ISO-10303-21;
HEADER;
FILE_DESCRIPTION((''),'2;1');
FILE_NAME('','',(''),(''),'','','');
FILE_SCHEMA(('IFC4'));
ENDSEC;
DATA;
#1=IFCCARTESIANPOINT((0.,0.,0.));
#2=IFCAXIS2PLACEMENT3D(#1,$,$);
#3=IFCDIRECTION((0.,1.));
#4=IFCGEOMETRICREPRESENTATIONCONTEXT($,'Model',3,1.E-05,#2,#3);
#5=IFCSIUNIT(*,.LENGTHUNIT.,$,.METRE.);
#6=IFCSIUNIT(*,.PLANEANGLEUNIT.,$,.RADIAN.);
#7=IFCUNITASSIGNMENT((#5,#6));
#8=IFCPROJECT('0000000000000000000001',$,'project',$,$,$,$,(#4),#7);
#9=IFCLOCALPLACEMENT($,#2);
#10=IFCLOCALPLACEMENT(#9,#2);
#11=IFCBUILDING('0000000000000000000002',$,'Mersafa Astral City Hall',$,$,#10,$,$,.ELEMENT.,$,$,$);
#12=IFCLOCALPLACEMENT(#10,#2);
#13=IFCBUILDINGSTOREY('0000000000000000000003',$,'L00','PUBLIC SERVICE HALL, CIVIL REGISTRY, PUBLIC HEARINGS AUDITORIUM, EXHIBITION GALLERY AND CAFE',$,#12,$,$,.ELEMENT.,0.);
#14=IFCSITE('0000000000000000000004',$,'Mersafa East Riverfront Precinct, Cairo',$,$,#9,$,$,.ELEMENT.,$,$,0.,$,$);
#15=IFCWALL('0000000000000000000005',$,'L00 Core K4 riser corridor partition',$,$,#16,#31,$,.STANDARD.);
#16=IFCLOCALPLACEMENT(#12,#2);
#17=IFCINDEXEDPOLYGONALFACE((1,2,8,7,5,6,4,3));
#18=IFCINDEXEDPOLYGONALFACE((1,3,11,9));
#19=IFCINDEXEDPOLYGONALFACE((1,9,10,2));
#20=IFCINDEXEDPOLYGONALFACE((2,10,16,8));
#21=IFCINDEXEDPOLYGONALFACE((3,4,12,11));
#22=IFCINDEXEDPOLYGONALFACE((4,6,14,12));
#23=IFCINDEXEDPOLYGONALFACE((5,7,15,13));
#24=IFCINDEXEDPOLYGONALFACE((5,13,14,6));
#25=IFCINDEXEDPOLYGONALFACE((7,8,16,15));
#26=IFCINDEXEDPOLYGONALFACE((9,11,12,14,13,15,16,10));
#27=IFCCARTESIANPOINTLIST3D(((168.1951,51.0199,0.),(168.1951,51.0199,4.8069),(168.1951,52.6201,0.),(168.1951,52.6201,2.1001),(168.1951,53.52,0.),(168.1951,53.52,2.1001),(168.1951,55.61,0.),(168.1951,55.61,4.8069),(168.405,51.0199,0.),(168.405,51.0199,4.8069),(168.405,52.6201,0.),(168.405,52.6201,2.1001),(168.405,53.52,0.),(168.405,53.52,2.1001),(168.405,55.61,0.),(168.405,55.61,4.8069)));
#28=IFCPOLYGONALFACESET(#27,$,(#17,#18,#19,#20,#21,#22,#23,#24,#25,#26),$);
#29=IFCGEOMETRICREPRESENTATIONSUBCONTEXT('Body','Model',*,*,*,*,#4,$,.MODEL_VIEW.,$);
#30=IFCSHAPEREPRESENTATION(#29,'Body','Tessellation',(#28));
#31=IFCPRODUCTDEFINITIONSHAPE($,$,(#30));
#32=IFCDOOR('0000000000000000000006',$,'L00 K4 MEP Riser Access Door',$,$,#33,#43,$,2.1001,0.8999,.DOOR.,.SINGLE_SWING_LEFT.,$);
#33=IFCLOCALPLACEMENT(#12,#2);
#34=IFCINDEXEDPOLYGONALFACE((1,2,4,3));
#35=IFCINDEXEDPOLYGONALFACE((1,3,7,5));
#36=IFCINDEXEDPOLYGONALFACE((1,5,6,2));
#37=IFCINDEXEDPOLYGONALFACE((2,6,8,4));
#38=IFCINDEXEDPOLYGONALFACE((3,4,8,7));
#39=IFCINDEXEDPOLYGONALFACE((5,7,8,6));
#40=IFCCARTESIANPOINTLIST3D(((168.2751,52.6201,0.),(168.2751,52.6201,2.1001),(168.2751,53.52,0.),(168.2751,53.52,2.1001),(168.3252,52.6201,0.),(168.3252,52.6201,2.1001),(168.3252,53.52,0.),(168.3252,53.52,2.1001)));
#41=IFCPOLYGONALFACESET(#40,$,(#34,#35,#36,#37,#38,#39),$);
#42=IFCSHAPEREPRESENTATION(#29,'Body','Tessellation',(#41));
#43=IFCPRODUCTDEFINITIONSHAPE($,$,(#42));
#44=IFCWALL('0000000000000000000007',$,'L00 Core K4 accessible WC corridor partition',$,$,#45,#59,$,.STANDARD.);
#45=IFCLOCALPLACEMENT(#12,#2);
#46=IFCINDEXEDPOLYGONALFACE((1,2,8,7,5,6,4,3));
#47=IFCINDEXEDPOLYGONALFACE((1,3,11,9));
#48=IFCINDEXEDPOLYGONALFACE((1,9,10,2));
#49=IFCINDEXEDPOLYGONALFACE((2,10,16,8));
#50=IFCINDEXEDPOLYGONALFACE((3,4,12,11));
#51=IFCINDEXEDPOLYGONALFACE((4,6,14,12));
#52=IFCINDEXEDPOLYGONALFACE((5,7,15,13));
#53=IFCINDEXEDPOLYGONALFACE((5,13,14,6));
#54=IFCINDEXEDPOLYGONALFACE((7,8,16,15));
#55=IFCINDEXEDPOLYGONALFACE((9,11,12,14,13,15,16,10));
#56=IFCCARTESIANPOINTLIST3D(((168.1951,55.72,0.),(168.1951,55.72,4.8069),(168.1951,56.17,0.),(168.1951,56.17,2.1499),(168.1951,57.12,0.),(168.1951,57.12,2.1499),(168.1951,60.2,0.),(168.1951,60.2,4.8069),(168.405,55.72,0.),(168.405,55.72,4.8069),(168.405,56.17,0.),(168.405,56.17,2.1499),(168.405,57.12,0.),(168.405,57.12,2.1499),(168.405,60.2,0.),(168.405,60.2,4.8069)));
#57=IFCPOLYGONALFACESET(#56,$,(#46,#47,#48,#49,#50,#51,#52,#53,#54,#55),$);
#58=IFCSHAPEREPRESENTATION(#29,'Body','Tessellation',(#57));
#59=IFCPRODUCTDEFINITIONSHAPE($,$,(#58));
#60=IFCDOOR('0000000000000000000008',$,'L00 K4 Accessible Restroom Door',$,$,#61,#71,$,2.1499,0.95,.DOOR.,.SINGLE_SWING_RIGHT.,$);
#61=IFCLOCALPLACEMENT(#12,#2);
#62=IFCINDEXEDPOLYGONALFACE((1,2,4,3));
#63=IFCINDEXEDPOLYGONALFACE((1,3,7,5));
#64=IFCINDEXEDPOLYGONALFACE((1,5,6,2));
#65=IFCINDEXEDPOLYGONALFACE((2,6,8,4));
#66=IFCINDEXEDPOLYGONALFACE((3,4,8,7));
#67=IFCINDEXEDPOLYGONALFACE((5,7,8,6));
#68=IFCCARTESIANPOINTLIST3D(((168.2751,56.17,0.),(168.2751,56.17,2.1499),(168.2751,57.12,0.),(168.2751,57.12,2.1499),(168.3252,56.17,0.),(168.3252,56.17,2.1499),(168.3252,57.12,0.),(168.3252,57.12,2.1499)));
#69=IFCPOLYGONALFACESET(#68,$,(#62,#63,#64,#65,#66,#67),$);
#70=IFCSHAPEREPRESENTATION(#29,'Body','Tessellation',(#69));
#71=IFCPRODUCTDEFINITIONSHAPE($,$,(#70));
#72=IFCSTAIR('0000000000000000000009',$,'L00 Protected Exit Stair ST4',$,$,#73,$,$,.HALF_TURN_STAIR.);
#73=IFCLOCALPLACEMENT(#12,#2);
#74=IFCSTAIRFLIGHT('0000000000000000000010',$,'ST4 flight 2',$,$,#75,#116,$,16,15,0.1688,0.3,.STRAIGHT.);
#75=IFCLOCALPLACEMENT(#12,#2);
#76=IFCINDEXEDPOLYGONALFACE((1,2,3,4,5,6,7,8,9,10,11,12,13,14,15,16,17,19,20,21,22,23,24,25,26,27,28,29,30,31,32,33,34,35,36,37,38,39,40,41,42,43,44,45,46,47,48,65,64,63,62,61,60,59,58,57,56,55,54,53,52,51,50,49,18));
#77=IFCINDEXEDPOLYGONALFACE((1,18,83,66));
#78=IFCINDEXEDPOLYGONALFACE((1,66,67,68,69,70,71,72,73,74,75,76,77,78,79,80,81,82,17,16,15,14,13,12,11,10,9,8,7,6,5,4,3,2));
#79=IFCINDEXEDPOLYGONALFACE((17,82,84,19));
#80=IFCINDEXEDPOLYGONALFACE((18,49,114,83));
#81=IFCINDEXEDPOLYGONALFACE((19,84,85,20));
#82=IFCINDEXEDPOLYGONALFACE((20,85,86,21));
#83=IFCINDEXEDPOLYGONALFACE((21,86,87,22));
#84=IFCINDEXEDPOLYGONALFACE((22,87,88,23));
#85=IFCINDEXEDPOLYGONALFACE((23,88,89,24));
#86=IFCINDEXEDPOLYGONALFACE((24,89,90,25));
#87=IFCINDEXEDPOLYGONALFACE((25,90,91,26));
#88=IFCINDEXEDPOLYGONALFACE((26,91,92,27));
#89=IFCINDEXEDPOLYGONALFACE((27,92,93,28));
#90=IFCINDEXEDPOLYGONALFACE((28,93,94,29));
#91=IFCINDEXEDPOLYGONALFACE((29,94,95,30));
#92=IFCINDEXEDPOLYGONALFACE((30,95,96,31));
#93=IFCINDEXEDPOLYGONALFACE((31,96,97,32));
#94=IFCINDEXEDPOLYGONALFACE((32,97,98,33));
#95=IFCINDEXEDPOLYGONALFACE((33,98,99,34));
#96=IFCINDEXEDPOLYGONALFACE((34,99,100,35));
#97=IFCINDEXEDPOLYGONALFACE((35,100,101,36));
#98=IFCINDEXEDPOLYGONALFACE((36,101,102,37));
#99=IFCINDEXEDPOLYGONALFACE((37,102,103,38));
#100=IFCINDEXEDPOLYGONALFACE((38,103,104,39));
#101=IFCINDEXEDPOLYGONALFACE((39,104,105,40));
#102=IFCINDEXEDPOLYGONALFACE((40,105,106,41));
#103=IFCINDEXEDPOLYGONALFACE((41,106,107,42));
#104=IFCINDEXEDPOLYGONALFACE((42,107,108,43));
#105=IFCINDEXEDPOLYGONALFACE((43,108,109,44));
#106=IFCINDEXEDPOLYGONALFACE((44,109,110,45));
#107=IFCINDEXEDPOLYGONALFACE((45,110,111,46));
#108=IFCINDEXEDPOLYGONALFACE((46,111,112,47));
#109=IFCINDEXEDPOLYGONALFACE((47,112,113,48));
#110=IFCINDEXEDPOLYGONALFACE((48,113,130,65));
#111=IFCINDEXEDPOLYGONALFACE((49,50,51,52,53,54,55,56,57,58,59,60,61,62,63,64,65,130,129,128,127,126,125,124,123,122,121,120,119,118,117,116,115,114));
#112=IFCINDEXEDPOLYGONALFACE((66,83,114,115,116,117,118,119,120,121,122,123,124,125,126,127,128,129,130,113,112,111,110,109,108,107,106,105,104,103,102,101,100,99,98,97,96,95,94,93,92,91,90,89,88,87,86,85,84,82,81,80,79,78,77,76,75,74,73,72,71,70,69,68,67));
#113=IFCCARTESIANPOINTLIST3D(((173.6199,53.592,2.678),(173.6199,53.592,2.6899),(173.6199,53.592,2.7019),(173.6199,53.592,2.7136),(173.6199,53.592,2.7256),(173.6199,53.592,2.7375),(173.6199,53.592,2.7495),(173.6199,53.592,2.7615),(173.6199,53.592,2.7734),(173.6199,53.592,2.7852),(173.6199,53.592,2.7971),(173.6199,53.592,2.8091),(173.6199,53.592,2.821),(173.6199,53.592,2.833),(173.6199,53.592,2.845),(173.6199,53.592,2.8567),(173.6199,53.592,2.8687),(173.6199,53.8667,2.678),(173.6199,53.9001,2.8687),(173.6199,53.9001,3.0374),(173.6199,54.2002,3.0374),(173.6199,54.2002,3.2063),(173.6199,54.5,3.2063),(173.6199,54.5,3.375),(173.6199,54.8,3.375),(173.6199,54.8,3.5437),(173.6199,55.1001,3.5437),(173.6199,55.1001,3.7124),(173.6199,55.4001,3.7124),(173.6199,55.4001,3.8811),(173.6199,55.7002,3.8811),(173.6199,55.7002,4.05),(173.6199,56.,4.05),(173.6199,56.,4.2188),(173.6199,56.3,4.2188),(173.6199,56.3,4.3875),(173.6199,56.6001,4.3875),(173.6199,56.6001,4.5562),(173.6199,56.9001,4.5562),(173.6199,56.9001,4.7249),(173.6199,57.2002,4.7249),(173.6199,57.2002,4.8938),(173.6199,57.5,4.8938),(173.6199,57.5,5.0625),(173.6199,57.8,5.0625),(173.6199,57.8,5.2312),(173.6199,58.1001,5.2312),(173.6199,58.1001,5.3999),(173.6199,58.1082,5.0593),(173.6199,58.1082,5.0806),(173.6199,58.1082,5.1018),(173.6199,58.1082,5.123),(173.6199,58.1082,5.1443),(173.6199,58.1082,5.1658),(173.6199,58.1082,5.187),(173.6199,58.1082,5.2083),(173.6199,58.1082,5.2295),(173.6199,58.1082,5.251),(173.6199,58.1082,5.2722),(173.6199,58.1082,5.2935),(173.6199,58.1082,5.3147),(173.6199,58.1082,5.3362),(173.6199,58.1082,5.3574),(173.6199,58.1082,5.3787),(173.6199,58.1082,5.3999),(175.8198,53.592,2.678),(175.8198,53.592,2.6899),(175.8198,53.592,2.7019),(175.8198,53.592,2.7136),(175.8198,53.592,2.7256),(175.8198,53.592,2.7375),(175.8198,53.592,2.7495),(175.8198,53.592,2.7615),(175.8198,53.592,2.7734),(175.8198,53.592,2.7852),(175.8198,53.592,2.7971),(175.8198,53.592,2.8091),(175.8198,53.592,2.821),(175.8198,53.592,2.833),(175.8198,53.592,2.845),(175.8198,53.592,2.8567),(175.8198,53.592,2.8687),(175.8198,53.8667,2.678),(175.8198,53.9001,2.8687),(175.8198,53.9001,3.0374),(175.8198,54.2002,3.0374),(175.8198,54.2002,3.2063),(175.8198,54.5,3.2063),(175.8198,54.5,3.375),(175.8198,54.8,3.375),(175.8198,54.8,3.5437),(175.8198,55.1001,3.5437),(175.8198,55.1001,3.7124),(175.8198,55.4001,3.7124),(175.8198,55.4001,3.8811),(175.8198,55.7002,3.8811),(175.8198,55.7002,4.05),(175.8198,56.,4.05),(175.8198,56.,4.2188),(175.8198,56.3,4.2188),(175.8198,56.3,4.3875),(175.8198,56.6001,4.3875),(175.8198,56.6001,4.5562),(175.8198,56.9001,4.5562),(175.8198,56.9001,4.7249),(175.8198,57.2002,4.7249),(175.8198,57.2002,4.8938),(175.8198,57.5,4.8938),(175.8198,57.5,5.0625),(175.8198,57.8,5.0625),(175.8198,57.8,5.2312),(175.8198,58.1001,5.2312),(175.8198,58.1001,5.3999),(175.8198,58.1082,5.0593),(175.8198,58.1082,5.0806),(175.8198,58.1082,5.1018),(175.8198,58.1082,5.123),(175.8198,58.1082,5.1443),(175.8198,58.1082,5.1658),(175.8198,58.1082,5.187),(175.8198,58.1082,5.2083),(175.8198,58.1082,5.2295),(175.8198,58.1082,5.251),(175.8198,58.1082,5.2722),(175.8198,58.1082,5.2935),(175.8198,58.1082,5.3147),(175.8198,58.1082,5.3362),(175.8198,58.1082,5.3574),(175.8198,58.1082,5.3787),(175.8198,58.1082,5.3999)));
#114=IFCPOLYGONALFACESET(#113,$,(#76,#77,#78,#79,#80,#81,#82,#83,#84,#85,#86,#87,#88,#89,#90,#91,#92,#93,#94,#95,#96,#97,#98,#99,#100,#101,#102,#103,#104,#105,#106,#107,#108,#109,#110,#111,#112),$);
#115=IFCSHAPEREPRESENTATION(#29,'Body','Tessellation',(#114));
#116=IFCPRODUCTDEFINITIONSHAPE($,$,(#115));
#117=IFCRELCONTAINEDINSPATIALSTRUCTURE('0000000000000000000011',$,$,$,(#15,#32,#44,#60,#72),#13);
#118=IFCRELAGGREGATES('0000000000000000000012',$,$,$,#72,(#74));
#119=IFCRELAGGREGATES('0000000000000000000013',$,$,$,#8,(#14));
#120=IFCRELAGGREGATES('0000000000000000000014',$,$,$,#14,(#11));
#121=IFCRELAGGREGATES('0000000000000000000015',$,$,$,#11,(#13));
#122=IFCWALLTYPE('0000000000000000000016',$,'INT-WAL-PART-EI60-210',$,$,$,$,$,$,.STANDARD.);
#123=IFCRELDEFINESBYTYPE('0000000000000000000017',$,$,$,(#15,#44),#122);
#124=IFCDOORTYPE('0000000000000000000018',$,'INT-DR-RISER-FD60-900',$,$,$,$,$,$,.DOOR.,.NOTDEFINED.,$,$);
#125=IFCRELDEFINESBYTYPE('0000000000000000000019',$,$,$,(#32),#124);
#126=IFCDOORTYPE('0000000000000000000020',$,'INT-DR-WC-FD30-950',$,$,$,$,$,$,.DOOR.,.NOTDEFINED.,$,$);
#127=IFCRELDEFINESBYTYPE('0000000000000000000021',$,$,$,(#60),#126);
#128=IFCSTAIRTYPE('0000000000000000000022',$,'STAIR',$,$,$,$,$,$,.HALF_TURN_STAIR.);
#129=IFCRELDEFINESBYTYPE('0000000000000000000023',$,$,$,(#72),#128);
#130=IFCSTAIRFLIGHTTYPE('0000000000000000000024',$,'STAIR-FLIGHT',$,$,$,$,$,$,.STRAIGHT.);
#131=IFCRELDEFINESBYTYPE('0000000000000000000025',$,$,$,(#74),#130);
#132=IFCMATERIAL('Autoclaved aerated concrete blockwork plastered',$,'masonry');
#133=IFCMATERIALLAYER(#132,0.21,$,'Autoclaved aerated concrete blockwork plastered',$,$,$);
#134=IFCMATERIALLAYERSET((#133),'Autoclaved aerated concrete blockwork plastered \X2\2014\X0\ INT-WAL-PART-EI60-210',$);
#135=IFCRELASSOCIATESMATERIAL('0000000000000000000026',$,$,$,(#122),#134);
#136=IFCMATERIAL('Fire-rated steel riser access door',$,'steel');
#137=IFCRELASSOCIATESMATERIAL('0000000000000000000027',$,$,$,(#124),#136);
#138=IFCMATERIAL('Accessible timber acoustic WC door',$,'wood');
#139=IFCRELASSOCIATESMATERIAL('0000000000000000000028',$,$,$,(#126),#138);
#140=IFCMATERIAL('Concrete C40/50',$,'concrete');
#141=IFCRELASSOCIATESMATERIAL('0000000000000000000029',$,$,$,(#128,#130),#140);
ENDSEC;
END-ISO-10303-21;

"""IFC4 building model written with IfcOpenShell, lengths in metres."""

from ifc_helpers import new_model, si_unit, direction, frame, frame_2d, origin, place, context, subcontext, project, spatial, polyline, rectangle, outline, extrude, material, layer, layer_set, type_object, element, fill, aggregate, save


model = new_model("IFC4")

# Units and contexts
model_context = context("Model", 3, precision=1e-05, world=origin(), true_north=direction((0.0, 1.0)))
body_context = subcontext(model_context, "Body", "Model", "MODEL_VIEW")
ifc_project = project(units=[si_unit("LENGTHUNIT", "METRE"), si_unit("PLANEANGLEUNIT", "RADIAN")], contexts=[model_context])

# Site, building, storey
site_placement = place(None, origin())
site = spatial("IfcSite", under=ifc_project, at=site_placement, Name="Mersafa East Riverfront Precinct, Cairo", CompositionType="ELEMENT", RefElevation=0.0)
building_placement = place(site_placement, origin())
building = spatial("IfcBuilding", under=site, at=building_placement, Name="Mersafa Astral City Hall", CompositionType="ELEMENT")
storey_placement = place(building_placement, origin())
storey = spatial("IfcBuildingStorey", under=building, at=storey_placement, Name="L00", Description="PUBLIC SERVICE HALL, CIVIL REGISTRY, PUBLIC HEARINGS AUDITORIUM, EXHIBITION GALLERY AND CAFE", CompositionType="ELEMENT", Elevation=0.0)

# Shared definitions
ifc_material_1 = material(Name="Concrete C40/50", Category="concrete")

# Walls, openings, doors
ifc_material_2 = material(Name="Autoclaved aerated concrete blockwork plastered", Category="masonry")
ifc_layer_1 = layer(ifc_material_2, 0.21, Name="Autoclaved aerated concrete blockwork plastered")
ifc_layer_set_1 = layer_set([ifc_layer_1], Name="Autoclaved aerated concrete blockwork plastered — INT-WAL-PART-EI60-210")
wall_type_1 = type_object("IfcWallType", Name="INT-WAL-PART-EI60-210", PredefinedType="STANDARD", material=ifc_layer_set_1)
wall_1_placement = place(storey_placement, frame((168.3, 51.02, 0.0), z_axis=(0.0, 0.0, 1.0), x_axis=(0.0, 1.0, 0.0)))
wall_1 = element("IfcWall", 1, at=wall_1_placement, inside=storey, type_object=wall_type_1, Name="L00 Core K4 riser corridor partition", PredefinedType="STANDARD", context=body_context, shape_type="SweptSolid", body=[
    extrude(rectangle(XDim=4.5901, YDim=0.21, at=frame_2d((2.2949, 0.0))), origin(), (0.0, 0.0, 1.0), 4.8069),
])
opening_1_placement = place(wall_1_placement, frame((1.6001, 0.0, 0.0)))
opening_1 = element("IfcOpeningElement", 2, at=opening_1_placement, cuts=wall_1, PredefinedType="OPENING", context=body_context, shape_type="SweptSolid", body=[
    extrude(rectangle(XDim=0.8999, YDim=2.1001, at=frame_2d((0.45, 1.05))), frame((0.0, 0.115, 0.0), z_axis=(0.0, -1.0, 0.0), x_axis=(1.0, 0.0, 0.0)), (0.0, 0.0, 1.0), 0.23),
])
ifc_material_3 = material(Name="Fire-rated steel riser access door", Category="steel")
door_type_1 = type_object("IfcDoorType", Name="INT-DR-RISER-FD60-900", OperationType="NOTDEFINED", PredefinedType="DOOR", material=ifc_material_3)
door_1_placement = place(opening_1_placement, origin())
door_1 = element("IfcDoor", 3, at=door_1_placement, inside=storey, type_object=door_type_1, Name="L00 K4 MEP Riser Access Door", OperationType="SINGLE_SWING_LEFT", OverallHeight=2.1001, OverallWidth=0.8999, PredefinedType="DOOR", context=body_context, shape_type="SweptSolid", body=[
    extrude(rectangle(XDim=0.8999, YDim=2.1001, at=frame_2d((0.45, 1.05))), frame((0.0, 0.0249, 0.0), z_axis=(0.0, -1.0, 0.0), x_axis=(1.0, 0.0, 0.0)), (0.0, 0.0, 1.0), 0.05),
])
fill(opening_1, door_1)
wall_2_placement = place(storey_placement, frame((168.3, 55.72, 0.0), z_axis=(0.0, 0.0, 1.0), x_axis=(0.0, 1.0, 0.0)))
wall_2 = element("IfcWall", 4, at=wall_2_placement, inside=storey, type_object=wall_type_1, Name="L00 Core K4 accessible WC corridor partition", PredefinedType="STANDARD", context=body_context, shape_type="SweptSolid", body=[
    extrude(rectangle(XDim=4.48, YDim=0.21, at=frame_2d((2.24, 0.0))), origin(), (0.0, 0.0, 1.0), 4.8069),
])
opening_2_placement = place(wall_2_placement, frame((0.45, 0.0, 0.0)))
opening_2 = element("IfcOpeningElement", 5, at=opening_2_placement, cuts=wall_2, PredefinedType="OPENING", context=body_context, shape_type="SweptSolid", body=[
    extrude(rectangle(XDim=0.95, YDim=2.1499, at=frame_2d((0.4751, 1.075))), frame((0.0, 0.115, 0.0), z_axis=(0.0, -1.0, 0.0), x_axis=(1.0, 0.0, 0.0)), (0.0, 0.0, 1.0), 0.23),
])
ifc_material_4 = material(Name="Accessible timber acoustic WC door", Category="wood")
door_type_2 = type_object("IfcDoorType", Name="INT-DR-WC-FD30-950", OperationType="NOTDEFINED", PredefinedType="DOOR", material=ifc_material_4)
door_2_placement = place(opening_2_placement, origin())
door_2 = element("IfcDoor", 6, at=door_2_placement, inside=storey, type_object=door_type_2, Name="L00 K4 Accessible Restroom Door", OperationType="SINGLE_SWING_RIGHT", OverallHeight=2.1499, OverallWidth=0.95, PredefinedType="DOOR", context=body_context, shape_type="SweptSolid", body=[
    extrude(rectangle(XDim=0.95, YDim=2.1499, at=frame_2d((0.4751, 1.075))), frame((0.0, 0.0249, 0.0), z_axis=(0.0, -1.0, 0.0), x_axis=(1.0, 0.0, 0.0)), (0.0, 0.0, 1.0), 0.05),
])
fill(opening_2, door_2)

# Stair, stair flight
stair_type = type_object("IfcStairType", Name="STAIR", PredefinedType="HALF_TURN_STAIR", material=ifc_material_1)
stair_placement = place(storey_placement, origin())
stair = element("IfcStair", 7, at=stair_placement, inside=storey, type_object=stair_type, Name="L00 Protected Exit Stair ST4", PredefinedType="HALF_TURN_STAIR")
stair_flight_type = type_object("IfcStairFlightType", Name="STAIR-FLIGHT", PredefinedType="STRAIGHT", material=ifc_material_1)
stair_flight_placement = place(storey_placement, frame((174.72, 53.6001, 2.7), z_axis=(0.0, 0.0, 1.0), x_axis=(0.0, 1.0, 0.0)))
stair_flight = element("IfcStairFlight", 8, at=stair_flight_placement, type_object=stair_flight_type, Name="ST4 flight 2", NumberOfRisers=16, NumberOfTreads=15, PredefinedType="STRAIGHT", RiserHeight=0.1688, TreadLength=0.3, context=body_context, shape_type="SweptSolid", body=[
    extrude(outline(polyline([(-0.0081, -0.022), (-0.0081, -0.01), (-0.0081, 0.002), (-0.0081, 0.0137), (-0.0081, 0.0256), (-0.0081, 0.0376), (-0.0081, 0.0496), (-0.0081, 0.0615), (-0.0081, 0.0735), (-0.0081, 0.0852), (-0.0081, 0.0972), (-0.0081, 0.1091), (-0.0081, 0.1211), (-0.0081, 0.1331), (-0.0081, 0.145), (-0.0081, 0.1567), (-0.0081, 0.1687), (0.3, 0.1687), (0.3, 0.3374), (0.6001, 0.3374), (0.6001, 0.5063), (0.8999, 0.5063), (0.8999, 0.675), (1.2, 0.675), (1.2, 0.8438), (1.5, 0.8438), (1.5, 1.0125), (1.8, 1.0125), (1.8, 1.1812), (2.1001, 1.1812), (2.1001, 1.3501), (2.3999, 1.3501), (2.3999, 1.5188), (2.7, 1.5188), (2.7, 1.6875), (3.0, 1.6875), (3.0, 1.8562), (3.3, 1.8562), (3.3, 2.0249), (3.6001, 2.0249), (3.6001, 2.1938), (3.8999, 2.1938), (3.8999, 2.3625), (4.2, 2.3625), (4.2, 2.5312), (4.5, 2.5312), (4.5, 2.7), (4.5081, 2.7), (4.5081, 2.6787), (4.5081, 2.6575), (4.5081, 2.6362), (4.5081, 2.6147), (4.5081, 2.5935), (4.5081, 2.5723), (4.5081, 2.551), (4.5081, 2.5295), (4.5081, 2.5083), (4.5081, 2.4871), (4.5081, 2.4658), (4.5081, 2.4443), (4.5081, 2.4231), (4.5081, 2.4019), (4.5081, 2.3806), (4.5081, 2.3594), (0.2666, -0.022), (-0.0081, -0.022)])), frame((0.0, 1.1001, 0.0), z_axis=(0.0, -1.0, 0.0), x_axis=(1.0, 0.0, 0.0)), (0.0, 0.0, 1.0), 2.2),
])
aggregate(stair, [stair_flight])

save(model, "model.ifc")
